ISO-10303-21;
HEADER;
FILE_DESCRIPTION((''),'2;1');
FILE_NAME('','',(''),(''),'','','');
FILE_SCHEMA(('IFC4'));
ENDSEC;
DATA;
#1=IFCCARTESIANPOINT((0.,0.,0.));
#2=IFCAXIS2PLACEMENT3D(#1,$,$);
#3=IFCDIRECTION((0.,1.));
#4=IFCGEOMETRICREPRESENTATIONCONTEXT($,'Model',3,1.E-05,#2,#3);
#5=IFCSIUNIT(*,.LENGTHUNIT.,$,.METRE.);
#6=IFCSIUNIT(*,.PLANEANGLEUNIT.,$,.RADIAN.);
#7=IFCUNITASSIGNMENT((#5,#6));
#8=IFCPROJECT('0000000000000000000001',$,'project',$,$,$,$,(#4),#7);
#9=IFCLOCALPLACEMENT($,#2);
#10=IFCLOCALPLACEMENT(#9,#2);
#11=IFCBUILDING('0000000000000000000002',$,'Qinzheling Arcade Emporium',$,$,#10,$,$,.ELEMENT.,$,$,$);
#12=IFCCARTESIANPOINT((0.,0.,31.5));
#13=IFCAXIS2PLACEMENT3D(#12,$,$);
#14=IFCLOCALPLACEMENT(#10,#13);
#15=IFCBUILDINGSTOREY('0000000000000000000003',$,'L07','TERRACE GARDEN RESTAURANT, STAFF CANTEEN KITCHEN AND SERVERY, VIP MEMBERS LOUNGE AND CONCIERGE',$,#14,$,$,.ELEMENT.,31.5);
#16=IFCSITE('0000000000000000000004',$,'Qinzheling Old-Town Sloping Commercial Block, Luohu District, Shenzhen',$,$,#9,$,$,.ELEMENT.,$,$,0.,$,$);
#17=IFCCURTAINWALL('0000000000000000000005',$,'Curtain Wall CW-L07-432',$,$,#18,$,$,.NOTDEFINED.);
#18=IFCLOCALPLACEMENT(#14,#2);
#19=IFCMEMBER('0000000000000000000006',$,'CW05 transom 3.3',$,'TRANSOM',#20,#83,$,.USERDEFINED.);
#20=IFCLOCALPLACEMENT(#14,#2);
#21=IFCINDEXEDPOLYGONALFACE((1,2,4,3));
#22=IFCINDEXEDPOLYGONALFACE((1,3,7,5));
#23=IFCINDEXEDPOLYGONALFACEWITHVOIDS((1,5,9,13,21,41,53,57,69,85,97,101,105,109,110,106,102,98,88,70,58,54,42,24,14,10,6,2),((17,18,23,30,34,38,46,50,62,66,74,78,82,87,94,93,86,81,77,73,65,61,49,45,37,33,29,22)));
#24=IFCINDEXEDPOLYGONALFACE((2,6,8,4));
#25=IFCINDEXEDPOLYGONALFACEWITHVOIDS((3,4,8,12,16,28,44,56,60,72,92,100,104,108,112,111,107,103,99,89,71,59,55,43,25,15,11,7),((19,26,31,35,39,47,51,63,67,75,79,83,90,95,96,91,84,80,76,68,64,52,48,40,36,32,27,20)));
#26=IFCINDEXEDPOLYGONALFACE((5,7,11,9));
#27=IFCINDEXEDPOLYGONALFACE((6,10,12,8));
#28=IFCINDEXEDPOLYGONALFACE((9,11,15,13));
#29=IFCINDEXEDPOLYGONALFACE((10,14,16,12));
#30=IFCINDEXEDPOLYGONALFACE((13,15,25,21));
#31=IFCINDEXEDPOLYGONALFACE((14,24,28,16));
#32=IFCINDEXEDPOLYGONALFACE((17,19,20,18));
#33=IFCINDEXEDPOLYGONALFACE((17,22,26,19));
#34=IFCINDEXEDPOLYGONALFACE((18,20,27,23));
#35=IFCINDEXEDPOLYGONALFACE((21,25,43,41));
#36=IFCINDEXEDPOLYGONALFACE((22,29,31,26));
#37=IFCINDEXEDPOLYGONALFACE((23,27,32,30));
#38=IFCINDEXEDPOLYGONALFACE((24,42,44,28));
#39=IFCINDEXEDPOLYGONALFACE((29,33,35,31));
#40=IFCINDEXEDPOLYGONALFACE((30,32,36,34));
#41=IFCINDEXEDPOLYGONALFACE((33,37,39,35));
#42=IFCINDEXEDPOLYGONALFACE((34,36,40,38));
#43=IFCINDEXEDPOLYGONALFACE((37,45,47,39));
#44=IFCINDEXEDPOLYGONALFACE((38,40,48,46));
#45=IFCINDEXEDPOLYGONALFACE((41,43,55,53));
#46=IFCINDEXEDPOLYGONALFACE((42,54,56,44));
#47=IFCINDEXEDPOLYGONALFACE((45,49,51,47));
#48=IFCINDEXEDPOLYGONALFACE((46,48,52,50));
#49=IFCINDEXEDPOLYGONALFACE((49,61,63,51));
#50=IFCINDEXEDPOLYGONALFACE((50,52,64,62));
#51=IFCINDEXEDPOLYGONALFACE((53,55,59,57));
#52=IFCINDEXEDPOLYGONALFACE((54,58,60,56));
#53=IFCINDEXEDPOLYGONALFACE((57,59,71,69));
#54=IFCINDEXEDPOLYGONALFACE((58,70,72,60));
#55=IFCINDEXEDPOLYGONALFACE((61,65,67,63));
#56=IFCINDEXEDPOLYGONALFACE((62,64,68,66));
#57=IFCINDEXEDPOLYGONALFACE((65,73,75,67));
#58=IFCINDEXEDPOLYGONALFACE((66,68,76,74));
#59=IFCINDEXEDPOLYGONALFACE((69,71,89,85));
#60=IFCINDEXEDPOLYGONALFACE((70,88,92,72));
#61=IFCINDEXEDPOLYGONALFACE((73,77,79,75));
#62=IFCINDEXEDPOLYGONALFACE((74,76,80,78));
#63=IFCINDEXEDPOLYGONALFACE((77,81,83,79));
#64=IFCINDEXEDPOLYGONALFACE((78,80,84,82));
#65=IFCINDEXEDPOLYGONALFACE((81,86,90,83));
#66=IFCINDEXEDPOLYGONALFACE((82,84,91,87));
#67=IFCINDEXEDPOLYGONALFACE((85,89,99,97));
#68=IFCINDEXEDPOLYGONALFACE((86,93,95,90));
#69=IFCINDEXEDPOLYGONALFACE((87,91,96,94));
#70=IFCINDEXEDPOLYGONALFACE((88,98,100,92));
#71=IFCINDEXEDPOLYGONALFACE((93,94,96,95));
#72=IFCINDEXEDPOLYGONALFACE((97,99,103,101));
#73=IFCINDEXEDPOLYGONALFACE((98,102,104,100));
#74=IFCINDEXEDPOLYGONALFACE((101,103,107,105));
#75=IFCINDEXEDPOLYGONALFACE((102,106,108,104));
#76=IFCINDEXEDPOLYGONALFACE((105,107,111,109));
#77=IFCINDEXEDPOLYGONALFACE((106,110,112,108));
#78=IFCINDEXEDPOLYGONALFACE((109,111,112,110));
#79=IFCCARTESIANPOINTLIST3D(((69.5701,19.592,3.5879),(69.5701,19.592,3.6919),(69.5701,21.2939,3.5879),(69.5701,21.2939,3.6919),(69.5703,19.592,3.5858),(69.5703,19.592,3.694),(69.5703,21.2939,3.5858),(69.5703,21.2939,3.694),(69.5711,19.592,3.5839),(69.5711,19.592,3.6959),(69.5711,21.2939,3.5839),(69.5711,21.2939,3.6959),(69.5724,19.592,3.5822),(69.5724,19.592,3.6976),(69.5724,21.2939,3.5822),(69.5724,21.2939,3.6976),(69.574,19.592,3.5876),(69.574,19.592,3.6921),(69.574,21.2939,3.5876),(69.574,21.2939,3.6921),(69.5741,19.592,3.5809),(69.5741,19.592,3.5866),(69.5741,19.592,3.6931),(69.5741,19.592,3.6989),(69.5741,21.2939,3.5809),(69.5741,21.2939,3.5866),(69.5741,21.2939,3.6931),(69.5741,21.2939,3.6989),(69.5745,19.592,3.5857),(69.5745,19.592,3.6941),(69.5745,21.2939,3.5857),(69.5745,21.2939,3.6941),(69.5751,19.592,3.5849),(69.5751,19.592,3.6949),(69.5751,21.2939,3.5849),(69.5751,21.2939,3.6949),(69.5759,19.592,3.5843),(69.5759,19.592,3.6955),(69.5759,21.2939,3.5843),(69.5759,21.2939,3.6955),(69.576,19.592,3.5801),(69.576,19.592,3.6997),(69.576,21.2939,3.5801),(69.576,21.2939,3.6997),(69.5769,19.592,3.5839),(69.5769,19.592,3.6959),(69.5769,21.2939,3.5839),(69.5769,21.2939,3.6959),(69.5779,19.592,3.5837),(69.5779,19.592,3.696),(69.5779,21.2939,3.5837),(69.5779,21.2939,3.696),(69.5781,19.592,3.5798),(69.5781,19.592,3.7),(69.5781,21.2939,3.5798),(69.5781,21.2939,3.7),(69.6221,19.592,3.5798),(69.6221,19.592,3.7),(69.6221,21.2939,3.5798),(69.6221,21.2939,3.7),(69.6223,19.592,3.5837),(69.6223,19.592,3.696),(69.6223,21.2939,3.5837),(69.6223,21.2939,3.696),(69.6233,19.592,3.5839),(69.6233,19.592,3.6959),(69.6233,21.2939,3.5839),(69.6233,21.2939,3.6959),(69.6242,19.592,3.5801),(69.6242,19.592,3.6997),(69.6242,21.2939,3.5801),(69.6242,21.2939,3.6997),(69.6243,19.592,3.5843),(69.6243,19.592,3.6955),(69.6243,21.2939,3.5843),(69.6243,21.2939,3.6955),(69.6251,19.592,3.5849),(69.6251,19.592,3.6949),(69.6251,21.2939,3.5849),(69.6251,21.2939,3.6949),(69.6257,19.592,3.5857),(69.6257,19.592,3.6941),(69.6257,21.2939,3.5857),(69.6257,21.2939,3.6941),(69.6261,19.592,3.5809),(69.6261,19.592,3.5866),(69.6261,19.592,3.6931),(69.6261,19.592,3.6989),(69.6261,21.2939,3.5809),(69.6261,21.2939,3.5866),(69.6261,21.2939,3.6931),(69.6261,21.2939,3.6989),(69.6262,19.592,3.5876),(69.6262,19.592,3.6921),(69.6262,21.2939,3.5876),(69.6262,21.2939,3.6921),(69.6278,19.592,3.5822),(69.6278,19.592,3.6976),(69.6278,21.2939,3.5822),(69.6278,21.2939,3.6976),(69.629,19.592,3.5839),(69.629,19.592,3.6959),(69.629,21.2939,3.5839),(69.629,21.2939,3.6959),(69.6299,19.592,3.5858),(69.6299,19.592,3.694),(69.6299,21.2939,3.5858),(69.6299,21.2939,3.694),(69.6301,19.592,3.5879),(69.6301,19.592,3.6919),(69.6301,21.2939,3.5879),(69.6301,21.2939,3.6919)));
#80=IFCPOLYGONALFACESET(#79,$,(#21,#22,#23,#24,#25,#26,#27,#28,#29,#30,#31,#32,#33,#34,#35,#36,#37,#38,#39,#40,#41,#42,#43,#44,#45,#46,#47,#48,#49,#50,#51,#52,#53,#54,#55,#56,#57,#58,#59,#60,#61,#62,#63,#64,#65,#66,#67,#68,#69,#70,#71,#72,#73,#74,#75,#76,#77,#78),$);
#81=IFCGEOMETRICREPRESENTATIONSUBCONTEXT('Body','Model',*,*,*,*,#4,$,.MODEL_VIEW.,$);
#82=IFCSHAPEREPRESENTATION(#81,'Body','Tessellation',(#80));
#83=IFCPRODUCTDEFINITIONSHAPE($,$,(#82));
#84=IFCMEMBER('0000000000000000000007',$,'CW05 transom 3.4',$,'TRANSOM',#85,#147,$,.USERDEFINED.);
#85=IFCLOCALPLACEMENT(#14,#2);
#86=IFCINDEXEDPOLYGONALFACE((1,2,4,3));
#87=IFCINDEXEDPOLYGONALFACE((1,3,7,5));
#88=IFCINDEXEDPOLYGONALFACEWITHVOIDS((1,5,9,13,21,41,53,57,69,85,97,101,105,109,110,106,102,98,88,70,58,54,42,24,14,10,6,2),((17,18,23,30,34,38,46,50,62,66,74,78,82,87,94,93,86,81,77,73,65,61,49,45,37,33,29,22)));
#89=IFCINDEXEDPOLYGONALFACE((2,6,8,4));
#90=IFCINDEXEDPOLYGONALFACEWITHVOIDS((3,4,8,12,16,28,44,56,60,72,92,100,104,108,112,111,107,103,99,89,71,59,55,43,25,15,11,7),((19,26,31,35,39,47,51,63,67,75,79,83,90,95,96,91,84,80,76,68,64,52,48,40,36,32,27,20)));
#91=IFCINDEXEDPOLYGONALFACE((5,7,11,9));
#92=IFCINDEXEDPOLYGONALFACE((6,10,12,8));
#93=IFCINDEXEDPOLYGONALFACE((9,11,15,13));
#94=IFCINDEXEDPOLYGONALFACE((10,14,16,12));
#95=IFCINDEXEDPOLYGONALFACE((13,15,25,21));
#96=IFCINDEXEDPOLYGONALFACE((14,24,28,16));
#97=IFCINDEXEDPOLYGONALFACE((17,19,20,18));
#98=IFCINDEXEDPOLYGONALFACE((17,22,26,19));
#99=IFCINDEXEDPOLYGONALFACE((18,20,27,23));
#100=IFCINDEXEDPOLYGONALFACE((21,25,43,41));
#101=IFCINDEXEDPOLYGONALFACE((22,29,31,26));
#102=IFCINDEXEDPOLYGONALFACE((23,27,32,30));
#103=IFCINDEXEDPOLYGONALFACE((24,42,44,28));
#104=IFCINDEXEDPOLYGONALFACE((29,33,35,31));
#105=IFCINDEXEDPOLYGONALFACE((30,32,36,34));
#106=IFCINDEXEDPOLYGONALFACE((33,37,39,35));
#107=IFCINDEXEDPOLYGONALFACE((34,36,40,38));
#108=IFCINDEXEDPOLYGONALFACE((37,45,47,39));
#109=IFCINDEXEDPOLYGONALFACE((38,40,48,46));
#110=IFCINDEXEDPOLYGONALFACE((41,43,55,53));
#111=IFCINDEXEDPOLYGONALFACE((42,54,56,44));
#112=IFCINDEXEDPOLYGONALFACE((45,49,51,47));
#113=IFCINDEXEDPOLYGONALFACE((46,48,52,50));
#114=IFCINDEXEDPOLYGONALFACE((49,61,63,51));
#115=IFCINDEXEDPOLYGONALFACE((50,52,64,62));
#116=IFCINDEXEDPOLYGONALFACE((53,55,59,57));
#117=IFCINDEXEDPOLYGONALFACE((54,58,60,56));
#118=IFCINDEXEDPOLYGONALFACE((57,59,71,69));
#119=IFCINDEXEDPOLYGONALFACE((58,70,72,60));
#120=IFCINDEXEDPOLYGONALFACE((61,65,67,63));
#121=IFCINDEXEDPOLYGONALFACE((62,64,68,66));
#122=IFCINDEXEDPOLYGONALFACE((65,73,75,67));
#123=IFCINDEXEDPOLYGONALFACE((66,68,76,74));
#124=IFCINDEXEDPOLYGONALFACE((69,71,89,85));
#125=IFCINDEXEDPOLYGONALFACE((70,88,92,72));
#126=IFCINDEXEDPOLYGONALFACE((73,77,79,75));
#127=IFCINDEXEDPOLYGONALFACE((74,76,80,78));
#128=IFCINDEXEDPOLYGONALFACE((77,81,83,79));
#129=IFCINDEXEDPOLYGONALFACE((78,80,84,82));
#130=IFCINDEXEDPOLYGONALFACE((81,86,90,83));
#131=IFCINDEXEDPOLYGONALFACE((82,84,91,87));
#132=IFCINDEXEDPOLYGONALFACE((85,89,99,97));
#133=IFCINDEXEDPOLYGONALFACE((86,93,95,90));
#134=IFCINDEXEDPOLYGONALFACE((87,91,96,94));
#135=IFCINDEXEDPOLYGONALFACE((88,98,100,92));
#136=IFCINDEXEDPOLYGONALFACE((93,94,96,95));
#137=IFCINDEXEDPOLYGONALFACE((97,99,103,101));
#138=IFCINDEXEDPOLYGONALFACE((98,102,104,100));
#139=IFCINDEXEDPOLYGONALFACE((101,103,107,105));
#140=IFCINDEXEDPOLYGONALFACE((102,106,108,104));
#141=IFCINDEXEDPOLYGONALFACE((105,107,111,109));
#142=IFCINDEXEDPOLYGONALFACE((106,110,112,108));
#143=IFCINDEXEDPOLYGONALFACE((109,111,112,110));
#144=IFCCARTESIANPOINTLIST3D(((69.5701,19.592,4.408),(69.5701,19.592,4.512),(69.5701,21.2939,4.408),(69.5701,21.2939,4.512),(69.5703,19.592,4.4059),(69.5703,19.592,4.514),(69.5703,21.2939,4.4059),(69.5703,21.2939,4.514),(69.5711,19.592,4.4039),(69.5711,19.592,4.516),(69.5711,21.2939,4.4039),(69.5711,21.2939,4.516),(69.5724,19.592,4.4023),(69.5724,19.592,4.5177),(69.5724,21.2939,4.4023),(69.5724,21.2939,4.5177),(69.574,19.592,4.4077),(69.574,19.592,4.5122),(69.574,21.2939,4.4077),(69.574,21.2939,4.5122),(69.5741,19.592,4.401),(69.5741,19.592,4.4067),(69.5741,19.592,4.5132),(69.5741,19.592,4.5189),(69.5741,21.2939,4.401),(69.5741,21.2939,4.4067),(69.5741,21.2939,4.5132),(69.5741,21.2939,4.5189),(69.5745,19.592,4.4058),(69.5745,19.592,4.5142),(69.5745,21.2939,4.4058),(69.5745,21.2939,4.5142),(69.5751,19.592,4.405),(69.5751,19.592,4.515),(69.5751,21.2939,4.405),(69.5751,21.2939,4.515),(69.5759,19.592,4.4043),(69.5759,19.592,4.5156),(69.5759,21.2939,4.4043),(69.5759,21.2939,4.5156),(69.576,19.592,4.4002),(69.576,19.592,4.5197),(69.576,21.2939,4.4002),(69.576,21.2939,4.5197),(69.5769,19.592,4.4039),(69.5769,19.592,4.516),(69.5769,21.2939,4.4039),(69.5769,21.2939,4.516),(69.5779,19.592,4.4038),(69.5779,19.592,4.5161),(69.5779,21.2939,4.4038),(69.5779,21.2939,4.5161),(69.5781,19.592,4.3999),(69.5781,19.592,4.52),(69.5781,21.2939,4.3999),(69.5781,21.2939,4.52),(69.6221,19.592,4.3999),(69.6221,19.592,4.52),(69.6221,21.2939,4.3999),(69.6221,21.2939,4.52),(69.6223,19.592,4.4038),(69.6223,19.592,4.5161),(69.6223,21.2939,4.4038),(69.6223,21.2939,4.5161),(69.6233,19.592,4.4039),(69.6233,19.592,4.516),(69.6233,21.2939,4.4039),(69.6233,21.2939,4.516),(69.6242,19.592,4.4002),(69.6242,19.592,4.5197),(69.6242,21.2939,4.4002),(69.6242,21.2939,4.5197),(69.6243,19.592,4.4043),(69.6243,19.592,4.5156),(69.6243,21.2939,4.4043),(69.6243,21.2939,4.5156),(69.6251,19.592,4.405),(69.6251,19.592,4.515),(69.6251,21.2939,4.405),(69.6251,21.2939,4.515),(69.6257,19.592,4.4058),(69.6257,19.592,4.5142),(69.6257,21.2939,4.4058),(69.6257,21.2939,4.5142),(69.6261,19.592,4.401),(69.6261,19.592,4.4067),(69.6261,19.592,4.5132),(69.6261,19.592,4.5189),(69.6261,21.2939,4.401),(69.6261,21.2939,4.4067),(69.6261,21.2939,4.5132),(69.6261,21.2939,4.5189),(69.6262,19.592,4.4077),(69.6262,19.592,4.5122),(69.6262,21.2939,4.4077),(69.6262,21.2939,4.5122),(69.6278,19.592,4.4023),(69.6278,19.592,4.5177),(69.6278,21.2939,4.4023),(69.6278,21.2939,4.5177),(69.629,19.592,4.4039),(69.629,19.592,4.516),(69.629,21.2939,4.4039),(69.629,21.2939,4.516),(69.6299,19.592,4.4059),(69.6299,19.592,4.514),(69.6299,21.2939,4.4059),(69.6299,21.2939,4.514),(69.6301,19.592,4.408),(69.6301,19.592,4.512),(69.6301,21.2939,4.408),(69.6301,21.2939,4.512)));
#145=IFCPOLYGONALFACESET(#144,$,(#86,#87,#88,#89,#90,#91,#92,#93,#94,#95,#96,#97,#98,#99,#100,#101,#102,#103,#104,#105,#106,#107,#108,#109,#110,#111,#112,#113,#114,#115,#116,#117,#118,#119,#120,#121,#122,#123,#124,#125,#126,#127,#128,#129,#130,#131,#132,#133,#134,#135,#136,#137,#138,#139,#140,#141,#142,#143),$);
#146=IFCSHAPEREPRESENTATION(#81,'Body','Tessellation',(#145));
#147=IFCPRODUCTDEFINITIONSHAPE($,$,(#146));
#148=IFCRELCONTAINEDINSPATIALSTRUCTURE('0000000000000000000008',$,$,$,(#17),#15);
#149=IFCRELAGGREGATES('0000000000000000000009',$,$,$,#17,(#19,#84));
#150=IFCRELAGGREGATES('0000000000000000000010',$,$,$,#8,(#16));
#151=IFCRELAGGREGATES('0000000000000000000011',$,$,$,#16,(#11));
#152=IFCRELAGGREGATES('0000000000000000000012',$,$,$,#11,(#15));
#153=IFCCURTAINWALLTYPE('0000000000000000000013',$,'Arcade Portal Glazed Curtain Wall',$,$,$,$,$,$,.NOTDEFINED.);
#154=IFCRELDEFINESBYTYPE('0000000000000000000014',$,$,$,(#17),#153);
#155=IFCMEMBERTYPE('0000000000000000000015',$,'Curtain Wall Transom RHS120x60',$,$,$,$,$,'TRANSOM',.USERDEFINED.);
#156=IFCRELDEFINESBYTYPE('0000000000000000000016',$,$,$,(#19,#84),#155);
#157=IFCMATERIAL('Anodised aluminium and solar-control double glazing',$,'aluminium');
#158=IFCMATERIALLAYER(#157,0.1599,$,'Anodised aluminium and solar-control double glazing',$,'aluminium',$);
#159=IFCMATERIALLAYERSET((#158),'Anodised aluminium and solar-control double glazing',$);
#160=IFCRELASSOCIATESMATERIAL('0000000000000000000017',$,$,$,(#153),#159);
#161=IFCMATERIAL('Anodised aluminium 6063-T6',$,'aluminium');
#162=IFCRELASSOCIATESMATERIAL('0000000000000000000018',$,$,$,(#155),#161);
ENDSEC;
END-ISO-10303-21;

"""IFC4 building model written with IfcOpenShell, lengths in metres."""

from ifc_helpers import new_model, si_unit, direction, frame, origin, origin_2d, place, context, subcontext, project, spatial, hollow_rectangle, extrude, material, layer, layer_set, material_profile, profile_set, type_object, element, aggregate, save


model = new_model("IFC4")

# Units and contexts
model_context = context("Model", 3, precision=1e-05, world=origin(), true_north=direction((0.0, 1.0)))
body_context = subcontext(model_context, "Body", "Model", "MODEL_VIEW")
ifc_project = project(units=[si_unit("LENGTHUNIT", "METRE"), si_unit("PLANEANGLEUNIT", "RADIAN")], contexts=[model_context])

# Site, building, storey
site_placement = place(None, origin())
site = spatial("IfcSite", under=ifc_project, at=site_placement, Name="Qinzheling Old-Town Sloping Commercial Block, Luohu District, Shenzhen", CompositionType="ELEMENT", RefElevation=0.0)
building_placement = place(site_placement, origin())
building = spatial("IfcBuilding", under=site, at=building_placement, Name="Qinzheling Arcade Emporium", CompositionType="ELEMENT")
storey_placement = place(building_placement, frame((0.0, 0.0, 31.5)))
storey = spatial("IfcBuildingStorey", under=building, at=storey_placement, Name="L07", Description="TERRACE GARDEN RESTAURANT, STAFF CANTEEN KITCHEN AND SERVERY, VIP MEMBERS LOUNGE AND CONCIERGE", CompositionType="ELEMENT", Elevation=31.5)

# Curtain wall, members
ifc_material_1 = material(Name="Anodised aluminium and solar-control double glazing", Category="aluminium")
ifc_layer_1 = layer(ifc_material_1, 0.1599, Name="Anodised aluminium and solar-control double glazing", Category="aluminium")
ifc_layer_set_1 = layer_set([ifc_layer_1], Name="Anodised aluminium and solar-control double glazing")
curtain_wall_type = type_object("IfcCurtainWallType", Name="Arcade Portal Glazed Curtain Wall", PredefinedType="NOTDEFINED", material=ifc_layer_set_1)
curtain_wall_placement = place(storey_placement, origin())
curtain_wall = element("IfcCurtainWall", 1, at=curtain_wall_placement, inside=storey, type_object=curtain_wall_type, Name="Curtain Wall CW-L07-432", PredefinedType="NOTDEFINED")
ifc_material_2 = material(Name="Anodised aluminium 6063-T6", Category="aluminium")
ifc_material_profile_1 = material_profile(ifc_material_2, hollow_rectangle(XDim=0.0601, YDim=0.1201, WallThickness=0.0039, InnerFilletRadius=0.0039, OuterFilletRadius=0.0081, at=origin_2d()), Name="RHS 120x60x4", Category="aluminium")
ifc_profile_set_1 = profile_set([ifc_material_profile_1], Name="Anodised aluminium 6063-T6")
member_type_1 = type_object("IfcMemberType", Name="Curtain Wall Transom RHS120x60", ElementType="TRANSOM", PredefinedType="USERDEFINED", material=ifc_profile_set_1)
member_1_placement = place(storey_placement, frame((69.6001, 21.2939, 3.6399), z_axis=(0.0, -1.0, 0.0), x_axis=(1.0, 0.0, 0.0)))
member_1 = element("IfcMember", 2, at=member_1_placement, type_object=member_type_1, Name="CW05 transom 3.3", ObjectType="TRANSOM", PredefinedType="USERDEFINED", context=body_context, shape_type="SweptSolid", body=[
    extrude(hollow_rectangle(XDim=0.0601, YDim=0.1201, WallThickness=0.0039, InnerFilletRadius=0.0039, OuterFilletRadius=0.0081, at=origin_2d()), origin(), (0.0, 0.0, 1.0), 1.7019),
])
member_2_placement = place(storey_placement, frame((69.6001, 21.2939, 4.46), z_axis=(0.0, -1.0, 0.0), x_axis=(1.0, 0.0, 0.0)))
member_2 = element("IfcMember", 3, at=member_2_placement, type_object=member_type_1, Name="CW05 transom 3.4", ObjectType="TRANSOM", PredefinedType="USERDEFINED", context=body_context, shape_type="SweptSolid", body=[
    extrude(hollow_rectangle(XDim=0.0601, YDim=0.1201, WallThickness=0.0039, InnerFilletRadius=0.0039, OuterFilletRadius=0.0081, at=origin_2d()), origin(), (0.0, 0.0, 1.0), 1.7019),
])
aggregate(curtain_wall, [member_1, member_2])

save(model, "model.ifc")
